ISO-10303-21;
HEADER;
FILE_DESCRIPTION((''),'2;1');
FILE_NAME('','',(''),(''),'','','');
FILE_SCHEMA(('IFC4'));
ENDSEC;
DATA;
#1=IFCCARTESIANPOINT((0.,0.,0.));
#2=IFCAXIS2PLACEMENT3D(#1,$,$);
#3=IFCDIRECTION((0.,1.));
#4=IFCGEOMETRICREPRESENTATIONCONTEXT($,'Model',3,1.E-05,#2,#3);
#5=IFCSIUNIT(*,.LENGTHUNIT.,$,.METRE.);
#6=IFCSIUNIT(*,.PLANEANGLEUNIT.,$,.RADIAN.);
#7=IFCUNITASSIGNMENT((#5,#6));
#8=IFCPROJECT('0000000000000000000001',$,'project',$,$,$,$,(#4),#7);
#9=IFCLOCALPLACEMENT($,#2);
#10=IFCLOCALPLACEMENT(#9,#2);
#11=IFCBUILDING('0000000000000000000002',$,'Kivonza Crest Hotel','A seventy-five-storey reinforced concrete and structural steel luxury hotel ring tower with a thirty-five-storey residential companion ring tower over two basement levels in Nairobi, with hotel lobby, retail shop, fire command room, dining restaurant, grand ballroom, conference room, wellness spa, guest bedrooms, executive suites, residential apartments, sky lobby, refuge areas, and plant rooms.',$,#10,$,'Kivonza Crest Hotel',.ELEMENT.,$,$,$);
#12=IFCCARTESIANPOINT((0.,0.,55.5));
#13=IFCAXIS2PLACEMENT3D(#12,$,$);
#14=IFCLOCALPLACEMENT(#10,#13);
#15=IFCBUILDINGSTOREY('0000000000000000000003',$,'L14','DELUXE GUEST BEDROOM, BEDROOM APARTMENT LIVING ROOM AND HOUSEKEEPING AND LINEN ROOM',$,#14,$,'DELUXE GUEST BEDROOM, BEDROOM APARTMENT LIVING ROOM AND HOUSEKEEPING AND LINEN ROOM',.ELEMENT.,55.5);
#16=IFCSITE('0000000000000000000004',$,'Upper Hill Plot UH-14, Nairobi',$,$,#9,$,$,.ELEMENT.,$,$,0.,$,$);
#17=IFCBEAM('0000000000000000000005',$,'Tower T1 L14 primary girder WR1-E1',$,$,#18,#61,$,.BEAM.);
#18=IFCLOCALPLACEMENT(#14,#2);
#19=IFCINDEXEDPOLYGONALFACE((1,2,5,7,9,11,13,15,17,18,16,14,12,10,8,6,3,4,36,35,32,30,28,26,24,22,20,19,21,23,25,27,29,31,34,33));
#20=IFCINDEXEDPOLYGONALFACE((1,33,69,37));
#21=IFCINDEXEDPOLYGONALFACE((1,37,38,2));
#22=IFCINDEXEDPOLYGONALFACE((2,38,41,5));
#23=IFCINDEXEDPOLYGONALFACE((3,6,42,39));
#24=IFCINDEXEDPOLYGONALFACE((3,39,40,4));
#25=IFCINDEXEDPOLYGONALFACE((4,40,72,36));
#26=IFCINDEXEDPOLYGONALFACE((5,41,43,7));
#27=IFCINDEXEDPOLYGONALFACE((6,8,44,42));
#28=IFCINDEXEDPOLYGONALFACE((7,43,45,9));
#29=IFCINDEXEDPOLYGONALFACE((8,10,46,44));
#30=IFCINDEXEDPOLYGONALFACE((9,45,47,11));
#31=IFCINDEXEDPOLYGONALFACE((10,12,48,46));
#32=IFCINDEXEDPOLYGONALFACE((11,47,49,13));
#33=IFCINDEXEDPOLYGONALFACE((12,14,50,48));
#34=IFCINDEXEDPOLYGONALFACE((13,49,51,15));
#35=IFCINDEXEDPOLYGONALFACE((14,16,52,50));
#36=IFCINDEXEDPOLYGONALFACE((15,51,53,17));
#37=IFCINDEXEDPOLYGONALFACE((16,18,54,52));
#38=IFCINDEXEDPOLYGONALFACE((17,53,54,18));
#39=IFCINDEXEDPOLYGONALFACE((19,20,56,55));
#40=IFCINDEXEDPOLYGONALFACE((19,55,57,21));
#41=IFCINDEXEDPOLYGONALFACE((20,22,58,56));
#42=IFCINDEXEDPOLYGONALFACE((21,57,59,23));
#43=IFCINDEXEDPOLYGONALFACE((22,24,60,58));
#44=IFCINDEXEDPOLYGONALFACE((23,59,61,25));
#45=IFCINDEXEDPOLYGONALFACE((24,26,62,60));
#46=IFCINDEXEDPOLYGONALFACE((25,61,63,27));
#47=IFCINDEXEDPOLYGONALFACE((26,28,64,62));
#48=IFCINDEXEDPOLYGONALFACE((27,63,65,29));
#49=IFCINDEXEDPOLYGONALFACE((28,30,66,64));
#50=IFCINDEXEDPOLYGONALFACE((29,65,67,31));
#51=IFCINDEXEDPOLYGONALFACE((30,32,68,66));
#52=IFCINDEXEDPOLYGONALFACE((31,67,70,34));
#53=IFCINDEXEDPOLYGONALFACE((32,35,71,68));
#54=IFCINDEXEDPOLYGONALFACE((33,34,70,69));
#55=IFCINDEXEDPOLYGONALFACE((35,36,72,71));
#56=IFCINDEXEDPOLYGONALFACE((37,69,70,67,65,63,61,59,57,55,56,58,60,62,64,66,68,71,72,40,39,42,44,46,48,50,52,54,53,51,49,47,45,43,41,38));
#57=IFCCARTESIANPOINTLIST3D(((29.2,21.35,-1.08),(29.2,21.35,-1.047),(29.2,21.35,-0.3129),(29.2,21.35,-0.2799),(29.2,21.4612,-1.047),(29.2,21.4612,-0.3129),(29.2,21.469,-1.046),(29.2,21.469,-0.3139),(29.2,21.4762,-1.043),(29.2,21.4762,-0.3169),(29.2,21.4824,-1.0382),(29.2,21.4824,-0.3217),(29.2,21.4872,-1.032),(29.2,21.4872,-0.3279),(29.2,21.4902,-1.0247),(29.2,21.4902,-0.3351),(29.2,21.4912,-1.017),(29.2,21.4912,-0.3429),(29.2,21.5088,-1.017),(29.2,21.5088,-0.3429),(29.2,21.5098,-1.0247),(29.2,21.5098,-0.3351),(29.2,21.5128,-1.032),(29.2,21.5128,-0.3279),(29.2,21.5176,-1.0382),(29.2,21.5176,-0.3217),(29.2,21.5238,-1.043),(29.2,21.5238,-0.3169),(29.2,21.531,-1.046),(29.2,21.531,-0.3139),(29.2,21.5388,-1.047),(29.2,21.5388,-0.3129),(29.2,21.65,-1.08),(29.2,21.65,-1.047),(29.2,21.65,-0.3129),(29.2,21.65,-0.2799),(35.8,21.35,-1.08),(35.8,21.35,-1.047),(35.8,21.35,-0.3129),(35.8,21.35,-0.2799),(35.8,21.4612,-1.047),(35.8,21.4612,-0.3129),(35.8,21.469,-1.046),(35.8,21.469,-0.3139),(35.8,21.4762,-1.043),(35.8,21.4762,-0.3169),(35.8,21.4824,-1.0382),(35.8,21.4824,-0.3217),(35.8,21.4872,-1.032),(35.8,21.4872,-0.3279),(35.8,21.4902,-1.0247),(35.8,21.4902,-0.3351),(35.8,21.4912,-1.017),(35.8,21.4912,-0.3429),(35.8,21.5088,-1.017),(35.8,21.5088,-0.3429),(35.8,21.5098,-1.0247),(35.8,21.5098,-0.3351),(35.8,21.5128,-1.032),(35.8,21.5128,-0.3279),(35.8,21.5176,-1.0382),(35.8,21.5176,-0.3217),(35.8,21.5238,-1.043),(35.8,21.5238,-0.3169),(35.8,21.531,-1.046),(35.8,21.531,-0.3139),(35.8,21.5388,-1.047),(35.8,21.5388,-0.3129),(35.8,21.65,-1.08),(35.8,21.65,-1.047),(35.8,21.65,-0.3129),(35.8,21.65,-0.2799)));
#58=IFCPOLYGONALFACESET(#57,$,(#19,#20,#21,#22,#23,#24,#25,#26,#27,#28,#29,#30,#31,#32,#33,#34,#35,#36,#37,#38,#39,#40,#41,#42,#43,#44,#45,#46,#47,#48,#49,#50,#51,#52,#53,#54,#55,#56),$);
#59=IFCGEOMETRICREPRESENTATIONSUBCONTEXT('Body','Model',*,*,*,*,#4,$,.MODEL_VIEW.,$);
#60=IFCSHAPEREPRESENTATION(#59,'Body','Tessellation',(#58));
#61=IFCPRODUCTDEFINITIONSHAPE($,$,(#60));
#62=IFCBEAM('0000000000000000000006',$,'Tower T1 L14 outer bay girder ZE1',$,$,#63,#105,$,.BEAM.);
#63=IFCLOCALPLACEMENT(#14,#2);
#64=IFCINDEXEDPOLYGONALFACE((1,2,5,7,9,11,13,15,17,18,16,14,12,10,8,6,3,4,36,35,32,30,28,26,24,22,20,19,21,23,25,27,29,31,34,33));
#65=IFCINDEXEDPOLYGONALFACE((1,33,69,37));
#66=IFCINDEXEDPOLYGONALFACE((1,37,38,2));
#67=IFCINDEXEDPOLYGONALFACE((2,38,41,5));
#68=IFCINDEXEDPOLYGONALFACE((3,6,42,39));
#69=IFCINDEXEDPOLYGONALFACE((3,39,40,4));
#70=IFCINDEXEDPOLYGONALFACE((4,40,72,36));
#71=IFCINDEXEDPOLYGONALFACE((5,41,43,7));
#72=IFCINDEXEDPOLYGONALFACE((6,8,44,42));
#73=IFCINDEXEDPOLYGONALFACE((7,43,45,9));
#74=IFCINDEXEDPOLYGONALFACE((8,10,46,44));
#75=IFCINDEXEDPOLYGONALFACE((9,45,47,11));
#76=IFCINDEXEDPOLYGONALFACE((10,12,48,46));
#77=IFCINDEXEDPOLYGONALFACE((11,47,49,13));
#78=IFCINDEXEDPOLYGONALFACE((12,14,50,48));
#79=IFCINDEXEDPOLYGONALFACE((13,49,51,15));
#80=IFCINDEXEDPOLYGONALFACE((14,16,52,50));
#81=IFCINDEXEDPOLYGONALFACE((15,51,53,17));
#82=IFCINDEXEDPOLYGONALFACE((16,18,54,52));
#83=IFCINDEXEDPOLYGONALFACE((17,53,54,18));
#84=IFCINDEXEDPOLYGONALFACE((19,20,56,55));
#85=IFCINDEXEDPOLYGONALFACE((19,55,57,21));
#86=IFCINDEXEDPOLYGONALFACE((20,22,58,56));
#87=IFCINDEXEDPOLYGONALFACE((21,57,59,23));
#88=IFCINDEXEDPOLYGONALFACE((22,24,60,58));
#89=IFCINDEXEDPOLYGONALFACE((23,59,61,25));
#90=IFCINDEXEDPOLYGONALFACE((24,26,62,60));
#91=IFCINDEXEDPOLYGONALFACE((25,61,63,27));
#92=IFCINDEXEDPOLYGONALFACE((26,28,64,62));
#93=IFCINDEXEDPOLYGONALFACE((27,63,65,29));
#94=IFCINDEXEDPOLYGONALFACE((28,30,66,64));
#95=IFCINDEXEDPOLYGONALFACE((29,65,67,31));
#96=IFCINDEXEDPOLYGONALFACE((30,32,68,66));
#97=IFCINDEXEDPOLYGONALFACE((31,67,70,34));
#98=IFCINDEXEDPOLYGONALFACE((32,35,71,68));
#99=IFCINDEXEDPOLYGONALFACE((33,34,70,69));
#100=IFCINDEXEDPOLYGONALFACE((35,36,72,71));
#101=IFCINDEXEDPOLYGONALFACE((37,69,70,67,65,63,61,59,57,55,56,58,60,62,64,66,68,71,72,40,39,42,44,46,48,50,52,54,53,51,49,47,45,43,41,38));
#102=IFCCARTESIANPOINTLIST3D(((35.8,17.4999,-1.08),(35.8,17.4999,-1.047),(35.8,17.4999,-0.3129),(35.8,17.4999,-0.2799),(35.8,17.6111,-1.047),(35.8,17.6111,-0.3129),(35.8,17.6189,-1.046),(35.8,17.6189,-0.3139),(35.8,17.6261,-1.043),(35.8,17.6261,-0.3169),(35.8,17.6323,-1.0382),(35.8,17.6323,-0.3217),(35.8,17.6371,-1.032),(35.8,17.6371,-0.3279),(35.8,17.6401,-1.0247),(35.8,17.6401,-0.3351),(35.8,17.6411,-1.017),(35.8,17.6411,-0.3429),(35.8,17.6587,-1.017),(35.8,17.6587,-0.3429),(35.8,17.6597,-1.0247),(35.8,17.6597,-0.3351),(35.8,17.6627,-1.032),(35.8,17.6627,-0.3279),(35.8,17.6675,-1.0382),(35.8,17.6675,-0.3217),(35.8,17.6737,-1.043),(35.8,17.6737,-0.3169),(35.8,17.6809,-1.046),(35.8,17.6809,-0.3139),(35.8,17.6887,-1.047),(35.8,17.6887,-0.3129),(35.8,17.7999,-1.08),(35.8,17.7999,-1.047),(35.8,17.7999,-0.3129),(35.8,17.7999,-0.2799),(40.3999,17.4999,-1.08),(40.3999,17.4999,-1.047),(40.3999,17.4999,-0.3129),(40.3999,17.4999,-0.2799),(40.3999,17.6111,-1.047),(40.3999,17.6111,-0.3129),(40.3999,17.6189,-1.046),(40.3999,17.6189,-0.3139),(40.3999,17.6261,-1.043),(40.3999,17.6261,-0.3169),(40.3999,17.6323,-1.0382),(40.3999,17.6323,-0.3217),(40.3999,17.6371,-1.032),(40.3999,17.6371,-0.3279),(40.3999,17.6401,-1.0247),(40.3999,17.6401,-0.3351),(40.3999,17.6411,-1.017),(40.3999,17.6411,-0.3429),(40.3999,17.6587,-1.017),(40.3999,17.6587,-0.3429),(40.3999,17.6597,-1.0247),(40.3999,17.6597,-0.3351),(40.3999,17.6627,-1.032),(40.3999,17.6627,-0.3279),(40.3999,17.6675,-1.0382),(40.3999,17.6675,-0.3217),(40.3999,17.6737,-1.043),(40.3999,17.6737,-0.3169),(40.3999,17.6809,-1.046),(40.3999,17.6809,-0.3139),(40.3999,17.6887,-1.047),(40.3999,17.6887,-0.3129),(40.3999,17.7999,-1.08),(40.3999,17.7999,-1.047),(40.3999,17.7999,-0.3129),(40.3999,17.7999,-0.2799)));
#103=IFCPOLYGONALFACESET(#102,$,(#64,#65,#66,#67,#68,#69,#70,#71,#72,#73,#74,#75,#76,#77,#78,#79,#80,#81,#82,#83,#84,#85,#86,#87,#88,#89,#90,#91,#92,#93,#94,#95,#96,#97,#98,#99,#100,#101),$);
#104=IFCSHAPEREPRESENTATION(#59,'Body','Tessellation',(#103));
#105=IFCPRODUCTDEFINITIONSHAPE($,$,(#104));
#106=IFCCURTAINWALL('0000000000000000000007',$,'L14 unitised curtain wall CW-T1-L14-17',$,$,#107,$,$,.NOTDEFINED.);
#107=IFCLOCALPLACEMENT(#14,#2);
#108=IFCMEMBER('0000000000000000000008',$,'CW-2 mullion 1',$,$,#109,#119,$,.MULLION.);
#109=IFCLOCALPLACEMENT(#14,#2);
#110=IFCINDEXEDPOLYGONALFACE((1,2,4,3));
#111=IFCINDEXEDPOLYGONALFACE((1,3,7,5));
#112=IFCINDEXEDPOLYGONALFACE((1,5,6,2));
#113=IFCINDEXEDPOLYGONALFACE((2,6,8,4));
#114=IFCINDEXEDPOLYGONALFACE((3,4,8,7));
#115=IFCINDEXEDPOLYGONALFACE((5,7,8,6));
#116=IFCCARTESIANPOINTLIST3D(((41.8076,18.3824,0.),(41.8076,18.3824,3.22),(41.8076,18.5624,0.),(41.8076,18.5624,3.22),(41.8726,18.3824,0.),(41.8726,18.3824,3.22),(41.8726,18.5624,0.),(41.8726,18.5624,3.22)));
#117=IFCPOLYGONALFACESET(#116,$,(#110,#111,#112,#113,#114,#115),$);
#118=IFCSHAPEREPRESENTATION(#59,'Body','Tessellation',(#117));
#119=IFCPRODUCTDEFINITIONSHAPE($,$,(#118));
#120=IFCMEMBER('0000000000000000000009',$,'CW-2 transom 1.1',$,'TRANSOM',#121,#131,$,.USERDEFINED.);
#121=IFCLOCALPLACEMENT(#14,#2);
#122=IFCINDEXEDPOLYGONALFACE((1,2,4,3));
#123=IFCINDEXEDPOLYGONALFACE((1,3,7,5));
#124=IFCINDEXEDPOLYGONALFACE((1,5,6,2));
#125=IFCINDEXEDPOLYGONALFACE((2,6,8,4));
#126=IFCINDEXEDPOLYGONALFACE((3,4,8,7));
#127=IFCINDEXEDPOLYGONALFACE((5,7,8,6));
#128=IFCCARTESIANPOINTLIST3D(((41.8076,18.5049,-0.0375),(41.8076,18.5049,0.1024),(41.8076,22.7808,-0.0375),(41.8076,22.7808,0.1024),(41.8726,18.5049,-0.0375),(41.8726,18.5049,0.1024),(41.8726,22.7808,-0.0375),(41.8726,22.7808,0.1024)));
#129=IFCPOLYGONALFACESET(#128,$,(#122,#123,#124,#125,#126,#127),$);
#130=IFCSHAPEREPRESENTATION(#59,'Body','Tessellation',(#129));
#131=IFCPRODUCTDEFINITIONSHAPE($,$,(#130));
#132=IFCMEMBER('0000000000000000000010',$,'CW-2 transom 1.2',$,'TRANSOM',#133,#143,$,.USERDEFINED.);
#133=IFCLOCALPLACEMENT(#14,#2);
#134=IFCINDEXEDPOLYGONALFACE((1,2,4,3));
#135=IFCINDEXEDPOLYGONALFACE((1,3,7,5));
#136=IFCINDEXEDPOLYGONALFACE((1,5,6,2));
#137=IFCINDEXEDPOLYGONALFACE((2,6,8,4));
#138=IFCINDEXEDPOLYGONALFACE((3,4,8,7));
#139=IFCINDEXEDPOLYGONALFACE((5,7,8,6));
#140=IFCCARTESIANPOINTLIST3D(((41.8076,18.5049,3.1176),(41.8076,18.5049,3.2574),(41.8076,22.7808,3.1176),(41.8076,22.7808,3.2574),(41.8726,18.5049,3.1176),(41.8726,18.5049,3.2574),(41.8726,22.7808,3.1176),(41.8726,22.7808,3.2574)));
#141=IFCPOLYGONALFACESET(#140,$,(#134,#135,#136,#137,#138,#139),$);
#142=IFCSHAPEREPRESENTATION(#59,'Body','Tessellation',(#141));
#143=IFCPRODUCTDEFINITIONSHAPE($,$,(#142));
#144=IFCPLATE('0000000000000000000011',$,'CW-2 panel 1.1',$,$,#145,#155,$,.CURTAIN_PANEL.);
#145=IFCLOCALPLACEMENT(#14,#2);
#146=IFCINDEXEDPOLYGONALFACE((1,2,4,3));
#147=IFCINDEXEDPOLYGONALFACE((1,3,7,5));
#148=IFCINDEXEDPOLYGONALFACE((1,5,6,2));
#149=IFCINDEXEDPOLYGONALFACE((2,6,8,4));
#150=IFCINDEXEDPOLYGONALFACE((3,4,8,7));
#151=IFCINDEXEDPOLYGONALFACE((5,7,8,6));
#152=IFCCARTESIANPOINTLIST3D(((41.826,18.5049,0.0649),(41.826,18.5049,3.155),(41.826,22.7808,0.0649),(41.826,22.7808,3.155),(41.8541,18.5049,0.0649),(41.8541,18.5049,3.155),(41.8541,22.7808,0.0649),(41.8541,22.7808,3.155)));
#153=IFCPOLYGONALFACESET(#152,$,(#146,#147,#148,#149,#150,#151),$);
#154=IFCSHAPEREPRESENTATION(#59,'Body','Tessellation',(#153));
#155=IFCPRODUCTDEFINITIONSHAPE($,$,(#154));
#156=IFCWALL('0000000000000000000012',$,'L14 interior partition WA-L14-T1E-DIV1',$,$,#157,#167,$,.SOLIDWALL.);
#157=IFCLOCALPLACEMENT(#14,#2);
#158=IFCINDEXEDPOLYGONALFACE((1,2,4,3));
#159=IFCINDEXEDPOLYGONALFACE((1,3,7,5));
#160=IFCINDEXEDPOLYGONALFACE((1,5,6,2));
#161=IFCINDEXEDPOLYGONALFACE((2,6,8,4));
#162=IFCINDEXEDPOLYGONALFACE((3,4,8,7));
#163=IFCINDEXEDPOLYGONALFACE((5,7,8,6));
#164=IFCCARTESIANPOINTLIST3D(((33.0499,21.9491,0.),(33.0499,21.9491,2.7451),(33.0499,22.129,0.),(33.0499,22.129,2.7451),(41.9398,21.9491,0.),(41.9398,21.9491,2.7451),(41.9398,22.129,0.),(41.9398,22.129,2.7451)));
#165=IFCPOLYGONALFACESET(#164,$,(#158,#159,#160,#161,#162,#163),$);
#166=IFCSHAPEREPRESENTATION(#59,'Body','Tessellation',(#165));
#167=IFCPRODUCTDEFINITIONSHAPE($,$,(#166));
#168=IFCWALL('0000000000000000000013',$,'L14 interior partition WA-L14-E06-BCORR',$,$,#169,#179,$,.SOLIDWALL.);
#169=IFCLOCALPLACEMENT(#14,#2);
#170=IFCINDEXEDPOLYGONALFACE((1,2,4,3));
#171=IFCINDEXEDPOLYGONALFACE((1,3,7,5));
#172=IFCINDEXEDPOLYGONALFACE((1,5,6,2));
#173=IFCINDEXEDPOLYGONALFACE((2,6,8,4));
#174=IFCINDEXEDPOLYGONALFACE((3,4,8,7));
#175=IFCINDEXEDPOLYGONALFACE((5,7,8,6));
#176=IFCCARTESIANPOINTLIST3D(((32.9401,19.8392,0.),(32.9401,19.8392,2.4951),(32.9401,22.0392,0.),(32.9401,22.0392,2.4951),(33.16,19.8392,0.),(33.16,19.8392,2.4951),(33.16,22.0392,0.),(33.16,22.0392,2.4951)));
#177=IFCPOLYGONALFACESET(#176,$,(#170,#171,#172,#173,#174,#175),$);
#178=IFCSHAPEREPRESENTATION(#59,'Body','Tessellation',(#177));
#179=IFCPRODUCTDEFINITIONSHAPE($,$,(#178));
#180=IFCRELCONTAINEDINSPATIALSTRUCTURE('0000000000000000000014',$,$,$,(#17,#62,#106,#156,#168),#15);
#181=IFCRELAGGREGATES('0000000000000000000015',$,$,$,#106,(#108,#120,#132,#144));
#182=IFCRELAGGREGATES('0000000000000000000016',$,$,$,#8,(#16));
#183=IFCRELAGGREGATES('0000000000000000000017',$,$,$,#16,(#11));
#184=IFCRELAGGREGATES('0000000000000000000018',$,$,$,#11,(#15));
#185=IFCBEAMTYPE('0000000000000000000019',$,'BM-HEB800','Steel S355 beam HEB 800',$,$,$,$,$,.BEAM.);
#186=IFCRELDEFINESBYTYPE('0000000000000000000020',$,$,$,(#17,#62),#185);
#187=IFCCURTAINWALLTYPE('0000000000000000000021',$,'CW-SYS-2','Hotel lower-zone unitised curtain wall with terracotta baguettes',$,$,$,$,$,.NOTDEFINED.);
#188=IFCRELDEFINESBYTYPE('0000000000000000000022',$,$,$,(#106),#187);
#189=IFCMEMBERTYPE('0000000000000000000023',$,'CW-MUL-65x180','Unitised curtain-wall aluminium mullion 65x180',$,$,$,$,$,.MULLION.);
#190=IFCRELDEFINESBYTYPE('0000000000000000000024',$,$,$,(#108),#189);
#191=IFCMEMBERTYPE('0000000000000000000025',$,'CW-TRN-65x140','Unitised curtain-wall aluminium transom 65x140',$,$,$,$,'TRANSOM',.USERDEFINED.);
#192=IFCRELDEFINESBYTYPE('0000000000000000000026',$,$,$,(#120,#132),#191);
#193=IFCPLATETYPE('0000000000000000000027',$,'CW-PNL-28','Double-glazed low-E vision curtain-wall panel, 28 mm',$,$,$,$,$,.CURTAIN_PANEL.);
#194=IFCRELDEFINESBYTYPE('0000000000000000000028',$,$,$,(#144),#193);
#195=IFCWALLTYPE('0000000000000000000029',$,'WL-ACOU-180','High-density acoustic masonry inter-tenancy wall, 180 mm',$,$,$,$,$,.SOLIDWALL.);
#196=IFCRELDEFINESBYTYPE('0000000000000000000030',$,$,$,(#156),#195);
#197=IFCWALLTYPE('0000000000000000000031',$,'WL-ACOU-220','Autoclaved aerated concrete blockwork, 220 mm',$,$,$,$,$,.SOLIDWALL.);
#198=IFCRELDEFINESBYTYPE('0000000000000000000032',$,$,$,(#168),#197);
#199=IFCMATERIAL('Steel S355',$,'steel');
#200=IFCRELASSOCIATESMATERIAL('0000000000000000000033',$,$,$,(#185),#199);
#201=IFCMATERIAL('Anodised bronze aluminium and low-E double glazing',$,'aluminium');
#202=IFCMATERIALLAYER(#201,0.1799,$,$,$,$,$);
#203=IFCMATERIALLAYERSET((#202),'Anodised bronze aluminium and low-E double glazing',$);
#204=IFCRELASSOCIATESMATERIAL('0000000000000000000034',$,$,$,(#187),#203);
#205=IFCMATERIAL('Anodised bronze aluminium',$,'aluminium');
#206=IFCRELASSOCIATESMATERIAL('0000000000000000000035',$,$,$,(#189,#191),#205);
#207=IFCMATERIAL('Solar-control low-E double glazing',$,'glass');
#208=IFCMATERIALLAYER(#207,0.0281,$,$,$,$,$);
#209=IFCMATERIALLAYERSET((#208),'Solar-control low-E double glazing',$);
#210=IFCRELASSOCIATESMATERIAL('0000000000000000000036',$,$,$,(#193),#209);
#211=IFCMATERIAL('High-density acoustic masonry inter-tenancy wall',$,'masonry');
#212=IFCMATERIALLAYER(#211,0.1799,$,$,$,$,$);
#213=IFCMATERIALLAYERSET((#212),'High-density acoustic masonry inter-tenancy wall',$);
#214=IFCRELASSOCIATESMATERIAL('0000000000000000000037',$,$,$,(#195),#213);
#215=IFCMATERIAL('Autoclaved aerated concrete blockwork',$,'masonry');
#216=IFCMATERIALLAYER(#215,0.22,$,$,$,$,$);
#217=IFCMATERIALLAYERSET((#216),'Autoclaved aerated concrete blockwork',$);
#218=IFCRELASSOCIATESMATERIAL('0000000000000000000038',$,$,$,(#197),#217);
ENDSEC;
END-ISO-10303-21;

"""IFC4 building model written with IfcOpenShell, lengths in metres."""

from ifc_helpers import new_model, si_unit, direction, frame, frame_2d, origin, origin_2d, place, context, subcontext, project, spatial, rectangle, i_section, extrude, material, layer, layer_set, material_profile, profile_set, type_object, element, aggregate, save


model = new_model("IFC4")

# Units and contexts
model_context = context("Model", 3, precision=1e-05, world=origin(), true_north=direction((0.0, 1.0)))
body_context = subcontext(model_context, "Body", "Model", "MODEL_VIEW")
ifc_project = project(units=[si_unit("LENGTHUNIT", "METRE"), si_unit("PLANEANGLEUNIT", "RADIAN")], contexts=[model_context])

# Site, building, storey
site_placement = place(None, origin())
site = spatial("IfcSite", under=ifc_project, at=site_placement, Name="Upper Hill Plot UH-14, Nairobi", CompositionType="ELEMENT", RefElevation=0.0)
building_placement = place(site_placement, origin())
building = spatial("IfcBuilding", under=site, at=building_placement, Name="Kivonza Crest Hotel", Description="A seventy-five-storey reinforced concrete and structural steel luxury hotel ring tower with a thirty-five-storey residential companion ring tower over two basement levels in Nairobi, with hotel lobby, retail shop, fire command room, dining restaurant, grand ballroom, conference room, wellness spa, guest bedrooms, executive suites, residential apartments, sky lobby, refuge areas, and plant rooms.", LongName="Kivonza Crest Hotel", CompositionType="ELEMENT")
storey_placement = place(building_placement, frame((0.0, 0.0, 55.5)))
storey = spatial("IfcBuildingStorey", under=building, at=storey_placement, Name="L14", Description="DELUXE GUEST BEDROOM, BEDROOM APARTMENT LIVING ROOM AND HOUSEKEEPING AND LINEN ROOM", LongName="DELUXE GUEST BEDROOM, BEDROOM APARTMENT LIVING ROOM AND HOUSEKEEPING AND LINEN ROOM", CompositionType="ELEMENT", Elevation=55.5)

# Beams
ifc_material_1 = material(Name="Steel S355", Category="steel")
ifc_material_profile_1 = material_profile(ifc_material_1, i_section(OverallWidth=0.3, OverallDepth=0.8, WebThickness=0.0176, FlangeThickness=0.033, FilletRadius=0.03, at=origin_2d()), Name="HEB 800")
ifc_profile_set_1 = profile_set([ifc_material_profile_1], Name="Steel S355")
beam_type_1 = type_object("IfcBeamType", Name="BM-HEB800", Description="Steel S355 beam HEB 800", PredefinedType="BEAM", material=ifc_profile_set_1)
beam_1_placement = place(storey_placement, frame((29.2, 21.5, -0.6799), z_axis=(1.0, 0.0, 0.0), x_axis=(0.0, 1.0, 0.0)))
element("IfcBeam", 1, at=beam_1_placement, inside=storey, type_object=beam_type_1, Name="Tower T1 L14 primary girder WR1-E1", PredefinedType="BEAM", context=body_context, shape_type="SweptSolid", body=[
    extrude(i_section(OverallWidth=0.3, OverallDepth=0.8, WebThickness=0.0176, FlangeThickness=0.033, FilletRadius=0.03, at=origin_2d()), origin(), (0.0, 0.0, 1.0), 6.6001),
])
beam_2_placement = place(storey_placement, frame((40.3999, 17.6499, -0.6799), z_axis=(-1.0, 0.0, 0.0), x_axis=(0.0, -1.0, 0.0)))
element("IfcBeam", 2, at=beam_2_placement, inside=storey, type_object=beam_type_1, Name="Tower T1 L14 outer bay girder ZE1", PredefinedType="BEAM", context=body_context, shape_type="SweptSolid", body=[
    extrude(i_section(OverallWidth=0.3, OverallDepth=0.8, WebThickness=0.0176, FlangeThickness=0.033, FilletRadius=0.03, at=origin_2d()), origin(), (0.0, 0.0, 1.0), 4.5999),
])

# Curtain wall, members, plate
ifc_material_2 = material(Name="Anodised bronze aluminium and low-E double glazing", Category="aluminium")
ifc_layer_1 = layer(ifc_material_2, 0.1799)
ifc_layer_set_1 = layer_set([ifc_layer_1], Name="Anodised bronze aluminium and low-E double glazing")
curtain_wall_type = type_object("IfcCurtainWallType", Name="CW-SYS-2", Description="Hotel lower-zone unitised curtain wall with terracotta baguettes", PredefinedType="NOTDEFINED", material=ifc_layer_set_1)
curtain_wall_placement = place(storey_placement, origin())
curtain_wall = element("IfcCurtainWall", 3, at=curtain_wall_placement, inside=storey, type_object=curtain_wall_type, Name="L14 unitised curtain wall CW-T1-L14-17", PredefinedType="NOTDEFINED")
ifc_material_3 = material(Name="Anodised bronze aluminium", Category="aluminium")
ifc_material_profile_2 = material_profile(ifc_material_3, rectangle(XDim=0.0649, YDim=0.1799, at=origin_2d()), Name="CW-M 65x180")
ifc_profile_set_2 = profile_set([ifc_material_profile_2], Name="Anodised bronze aluminium")
member_type_1 = type_object("IfcMemberType", Name="CW-MUL-65x180", Description="Unitised curtain-wall aluminium mullion 65x180", PredefinedType="MULLION", material=ifc_profile_set_2)
member_1_placement = place(storey_placement, frame((41.8401, 18.4724, 0.0), z_axis=(0.0, 0.0, 1.0), x_axis=(-1.0, 0.0, 0.0)))
member_1 = element("IfcMember", 4, at=member_1_placement, type_object=member_type_1, Name="CW-2 mullion 1", PredefinedType="MULLION", context=body_context, shape_type="SweptSolid", body=[
    extrude(rectangle(XDim=0.0649, YDim=0.1799, at=origin_2d()), origin(), (0.0, 0.0, 1.0), 3.22),
])
ifc_material_profile_3 = material_profile(ifc_material_3, rectangle(XDim=0.0649, YDim=0.1399, at=origin_2d()), Name="CW-T 65x140")
ifc_profile_set_3 = profile_set([ifc_material_profile_3], Name="Anodised bronze aluminium")
member_type_2 = type_object("IfcMemberType", Name="CW-TRN-65x140", Description="Unitised curtain-wall aluminium transom 65x140", ElementType="TRANSOM", PredefinedType="USERDEFINED", material=ifc_profile_set_3)
member_2_placement = place(storey_placement, frame((41.8401, 18.5049, 0.0325), z_axis=(0.0, 1.0, 0.0), x_axis=(-1.0, 0.0, 0.0)))
member_2 = element("IfcMember", 5, at=member_2_placement, type_object=member_type_2, Name="CW-2 transom 1.1", ObjectType="TRANSOM", PredefinedType="USERDEFINED", context=body_context, shape_type="SweptSolid", body=[
    extrude(rectangle(XDim=0.0649, YDim=0.1399, at=origin_2d()), origin(), (0.0, 0.0, 1.0), 4.2759),
])
member_3_placement = place(storey_placement, frame((41.8401, 18.5049, 3.1875), z_axis=(0.0, 1.0, 0.0), x_axis=(-1.0, 0.0, 0.0)))
member_3 = element("IfcMember", 6, at=member_3_placement, type_object=member_type_2, Name="CW-2 transom 1.2", ObjectType="TRANSOM", PredefinedType="USERDEFINED", context=body_context, shape_type="SweptSolid", body=[
    extrude(rectangle(XDim=0.0649, YDim=0.1399, at=origin_2d()), origin(), (0.0, 0.0, 1.0), 4.2759),
])
ifc_material_4 = material(Name="Solar-control low-E double glazing", Category="glass")
ifc_layer_2 = layer(ifc_material_4, 0.0281)
ifc_layer_set_2 = layer_set([ifc_layer_2], Name="Solar-control low-E double glazing")
plate_type = type_object("IfcPlateType", Name="CW-PNL-28", Description="Double-glazed low-E vision curtain-wall panel, 28 mm", PredefinedType="CURTAIN_PANEL", material=ifc_layer_set_2)
plate_placement = place(storey_placement, frame((41.8401, 20.6428, 0.0649), z_axis=(0.0, 0.0, 1.0), x_axis=(0.0, 1.0, 0.0)))
plate = element("IfcPlate", 7, at=plate_placement, type_object=plate_type, Name="CW-2 panel 1.1", PredefinedType="CURTAIN_PANEL", context=body_context, shape_type="SweptSolid", body=[
    extrude(rectangle(XDim=4.2759, YDim=0.0281, at=origin_2d()), origin(), (0.0, 0.0, 1.0), 3.0901),
])
aggregate(curtain_wall, [member_1, member_2, member_3, plate])

# Walls
ifc_material_5 = material(Name="High-density acoustic masonry inter-tenancy wall", Category="masonry")
ifc_layer_3 = layer(ifc_material_5, 0.1799)
ifc_layer_set_3 = layer_set([ifc_layer_3], Name="High-density acoustic masonry inter-tenancy wall")
wall_type_1 = type_object("IfcWallType", Name="WL-ACOU-180", Description="High-density acoustic masonry inter-tenancy wall, 180 mm", PredefinedType="SOLIDWALL", material=ifc_layer_set_3)
wall_1_placement = place(storey_placement, frame((33.05, 22.0391, 0.0), z_axis=(0.0, 0.0, 1.0), x_axis=(1.0, 0.0, 0.0)))
element("IfcWall", 8, at=wall_1_placement, inside=storey, type_object=wall_type_1, Name="L14 interior partition WA-L14-T1E-DIV1", PredefinedType="SOLIDWALL", context=body_context, shape_type="SweptSolid", body=[
    extrude(rectangle(XDim=8.8899, YDim=0.1799, at=frame_2d((4.4448, 0.0))), origin(), (0.0, 0.0, 1.0), 2.7451),
])
ifc_material_6 = material(Name="Autoclaved aerated concrete blockwork", Category="masonry")
ifc_layer_4 = layer(ifc_material_6, 0.22)
ifc_layer_set_4 = layer_set([ifc_layer_4], Name="Autoclaved aerated concrete blockwork")
wall_type_2 = type_object("IfcWallType", Name="WL-ACOU-220", Description="Autoclaved aerated concrete blockwork, 220 mm", PredefinedType="SOLIDWALL", material=ifc_layer_set_4)
wall_2_placement = place(storey_placement, frame((33.05, 19.8391, 0.0), z_axis=(0.0, 0.0, 1.0), x_axis=(0.0, 1.0, 0.0)))
element("IfcWall", 9, at=wall_2_placement, inside=storey, type_object=wall_type_2, Name="L14 interior partition WA-L14-E06-BCORR", PredefinedType="SOLIDWALL", context=body_context, shape_type="SweptSolid", body=[
    extrude(rectangle(XDim=2.2, YDim=0.22, at=frame_2d((1.1001, 0.0))), origin(), (0.0, 0.0, 1.0), 2.4951),
])

save(model, "model.ifc")
